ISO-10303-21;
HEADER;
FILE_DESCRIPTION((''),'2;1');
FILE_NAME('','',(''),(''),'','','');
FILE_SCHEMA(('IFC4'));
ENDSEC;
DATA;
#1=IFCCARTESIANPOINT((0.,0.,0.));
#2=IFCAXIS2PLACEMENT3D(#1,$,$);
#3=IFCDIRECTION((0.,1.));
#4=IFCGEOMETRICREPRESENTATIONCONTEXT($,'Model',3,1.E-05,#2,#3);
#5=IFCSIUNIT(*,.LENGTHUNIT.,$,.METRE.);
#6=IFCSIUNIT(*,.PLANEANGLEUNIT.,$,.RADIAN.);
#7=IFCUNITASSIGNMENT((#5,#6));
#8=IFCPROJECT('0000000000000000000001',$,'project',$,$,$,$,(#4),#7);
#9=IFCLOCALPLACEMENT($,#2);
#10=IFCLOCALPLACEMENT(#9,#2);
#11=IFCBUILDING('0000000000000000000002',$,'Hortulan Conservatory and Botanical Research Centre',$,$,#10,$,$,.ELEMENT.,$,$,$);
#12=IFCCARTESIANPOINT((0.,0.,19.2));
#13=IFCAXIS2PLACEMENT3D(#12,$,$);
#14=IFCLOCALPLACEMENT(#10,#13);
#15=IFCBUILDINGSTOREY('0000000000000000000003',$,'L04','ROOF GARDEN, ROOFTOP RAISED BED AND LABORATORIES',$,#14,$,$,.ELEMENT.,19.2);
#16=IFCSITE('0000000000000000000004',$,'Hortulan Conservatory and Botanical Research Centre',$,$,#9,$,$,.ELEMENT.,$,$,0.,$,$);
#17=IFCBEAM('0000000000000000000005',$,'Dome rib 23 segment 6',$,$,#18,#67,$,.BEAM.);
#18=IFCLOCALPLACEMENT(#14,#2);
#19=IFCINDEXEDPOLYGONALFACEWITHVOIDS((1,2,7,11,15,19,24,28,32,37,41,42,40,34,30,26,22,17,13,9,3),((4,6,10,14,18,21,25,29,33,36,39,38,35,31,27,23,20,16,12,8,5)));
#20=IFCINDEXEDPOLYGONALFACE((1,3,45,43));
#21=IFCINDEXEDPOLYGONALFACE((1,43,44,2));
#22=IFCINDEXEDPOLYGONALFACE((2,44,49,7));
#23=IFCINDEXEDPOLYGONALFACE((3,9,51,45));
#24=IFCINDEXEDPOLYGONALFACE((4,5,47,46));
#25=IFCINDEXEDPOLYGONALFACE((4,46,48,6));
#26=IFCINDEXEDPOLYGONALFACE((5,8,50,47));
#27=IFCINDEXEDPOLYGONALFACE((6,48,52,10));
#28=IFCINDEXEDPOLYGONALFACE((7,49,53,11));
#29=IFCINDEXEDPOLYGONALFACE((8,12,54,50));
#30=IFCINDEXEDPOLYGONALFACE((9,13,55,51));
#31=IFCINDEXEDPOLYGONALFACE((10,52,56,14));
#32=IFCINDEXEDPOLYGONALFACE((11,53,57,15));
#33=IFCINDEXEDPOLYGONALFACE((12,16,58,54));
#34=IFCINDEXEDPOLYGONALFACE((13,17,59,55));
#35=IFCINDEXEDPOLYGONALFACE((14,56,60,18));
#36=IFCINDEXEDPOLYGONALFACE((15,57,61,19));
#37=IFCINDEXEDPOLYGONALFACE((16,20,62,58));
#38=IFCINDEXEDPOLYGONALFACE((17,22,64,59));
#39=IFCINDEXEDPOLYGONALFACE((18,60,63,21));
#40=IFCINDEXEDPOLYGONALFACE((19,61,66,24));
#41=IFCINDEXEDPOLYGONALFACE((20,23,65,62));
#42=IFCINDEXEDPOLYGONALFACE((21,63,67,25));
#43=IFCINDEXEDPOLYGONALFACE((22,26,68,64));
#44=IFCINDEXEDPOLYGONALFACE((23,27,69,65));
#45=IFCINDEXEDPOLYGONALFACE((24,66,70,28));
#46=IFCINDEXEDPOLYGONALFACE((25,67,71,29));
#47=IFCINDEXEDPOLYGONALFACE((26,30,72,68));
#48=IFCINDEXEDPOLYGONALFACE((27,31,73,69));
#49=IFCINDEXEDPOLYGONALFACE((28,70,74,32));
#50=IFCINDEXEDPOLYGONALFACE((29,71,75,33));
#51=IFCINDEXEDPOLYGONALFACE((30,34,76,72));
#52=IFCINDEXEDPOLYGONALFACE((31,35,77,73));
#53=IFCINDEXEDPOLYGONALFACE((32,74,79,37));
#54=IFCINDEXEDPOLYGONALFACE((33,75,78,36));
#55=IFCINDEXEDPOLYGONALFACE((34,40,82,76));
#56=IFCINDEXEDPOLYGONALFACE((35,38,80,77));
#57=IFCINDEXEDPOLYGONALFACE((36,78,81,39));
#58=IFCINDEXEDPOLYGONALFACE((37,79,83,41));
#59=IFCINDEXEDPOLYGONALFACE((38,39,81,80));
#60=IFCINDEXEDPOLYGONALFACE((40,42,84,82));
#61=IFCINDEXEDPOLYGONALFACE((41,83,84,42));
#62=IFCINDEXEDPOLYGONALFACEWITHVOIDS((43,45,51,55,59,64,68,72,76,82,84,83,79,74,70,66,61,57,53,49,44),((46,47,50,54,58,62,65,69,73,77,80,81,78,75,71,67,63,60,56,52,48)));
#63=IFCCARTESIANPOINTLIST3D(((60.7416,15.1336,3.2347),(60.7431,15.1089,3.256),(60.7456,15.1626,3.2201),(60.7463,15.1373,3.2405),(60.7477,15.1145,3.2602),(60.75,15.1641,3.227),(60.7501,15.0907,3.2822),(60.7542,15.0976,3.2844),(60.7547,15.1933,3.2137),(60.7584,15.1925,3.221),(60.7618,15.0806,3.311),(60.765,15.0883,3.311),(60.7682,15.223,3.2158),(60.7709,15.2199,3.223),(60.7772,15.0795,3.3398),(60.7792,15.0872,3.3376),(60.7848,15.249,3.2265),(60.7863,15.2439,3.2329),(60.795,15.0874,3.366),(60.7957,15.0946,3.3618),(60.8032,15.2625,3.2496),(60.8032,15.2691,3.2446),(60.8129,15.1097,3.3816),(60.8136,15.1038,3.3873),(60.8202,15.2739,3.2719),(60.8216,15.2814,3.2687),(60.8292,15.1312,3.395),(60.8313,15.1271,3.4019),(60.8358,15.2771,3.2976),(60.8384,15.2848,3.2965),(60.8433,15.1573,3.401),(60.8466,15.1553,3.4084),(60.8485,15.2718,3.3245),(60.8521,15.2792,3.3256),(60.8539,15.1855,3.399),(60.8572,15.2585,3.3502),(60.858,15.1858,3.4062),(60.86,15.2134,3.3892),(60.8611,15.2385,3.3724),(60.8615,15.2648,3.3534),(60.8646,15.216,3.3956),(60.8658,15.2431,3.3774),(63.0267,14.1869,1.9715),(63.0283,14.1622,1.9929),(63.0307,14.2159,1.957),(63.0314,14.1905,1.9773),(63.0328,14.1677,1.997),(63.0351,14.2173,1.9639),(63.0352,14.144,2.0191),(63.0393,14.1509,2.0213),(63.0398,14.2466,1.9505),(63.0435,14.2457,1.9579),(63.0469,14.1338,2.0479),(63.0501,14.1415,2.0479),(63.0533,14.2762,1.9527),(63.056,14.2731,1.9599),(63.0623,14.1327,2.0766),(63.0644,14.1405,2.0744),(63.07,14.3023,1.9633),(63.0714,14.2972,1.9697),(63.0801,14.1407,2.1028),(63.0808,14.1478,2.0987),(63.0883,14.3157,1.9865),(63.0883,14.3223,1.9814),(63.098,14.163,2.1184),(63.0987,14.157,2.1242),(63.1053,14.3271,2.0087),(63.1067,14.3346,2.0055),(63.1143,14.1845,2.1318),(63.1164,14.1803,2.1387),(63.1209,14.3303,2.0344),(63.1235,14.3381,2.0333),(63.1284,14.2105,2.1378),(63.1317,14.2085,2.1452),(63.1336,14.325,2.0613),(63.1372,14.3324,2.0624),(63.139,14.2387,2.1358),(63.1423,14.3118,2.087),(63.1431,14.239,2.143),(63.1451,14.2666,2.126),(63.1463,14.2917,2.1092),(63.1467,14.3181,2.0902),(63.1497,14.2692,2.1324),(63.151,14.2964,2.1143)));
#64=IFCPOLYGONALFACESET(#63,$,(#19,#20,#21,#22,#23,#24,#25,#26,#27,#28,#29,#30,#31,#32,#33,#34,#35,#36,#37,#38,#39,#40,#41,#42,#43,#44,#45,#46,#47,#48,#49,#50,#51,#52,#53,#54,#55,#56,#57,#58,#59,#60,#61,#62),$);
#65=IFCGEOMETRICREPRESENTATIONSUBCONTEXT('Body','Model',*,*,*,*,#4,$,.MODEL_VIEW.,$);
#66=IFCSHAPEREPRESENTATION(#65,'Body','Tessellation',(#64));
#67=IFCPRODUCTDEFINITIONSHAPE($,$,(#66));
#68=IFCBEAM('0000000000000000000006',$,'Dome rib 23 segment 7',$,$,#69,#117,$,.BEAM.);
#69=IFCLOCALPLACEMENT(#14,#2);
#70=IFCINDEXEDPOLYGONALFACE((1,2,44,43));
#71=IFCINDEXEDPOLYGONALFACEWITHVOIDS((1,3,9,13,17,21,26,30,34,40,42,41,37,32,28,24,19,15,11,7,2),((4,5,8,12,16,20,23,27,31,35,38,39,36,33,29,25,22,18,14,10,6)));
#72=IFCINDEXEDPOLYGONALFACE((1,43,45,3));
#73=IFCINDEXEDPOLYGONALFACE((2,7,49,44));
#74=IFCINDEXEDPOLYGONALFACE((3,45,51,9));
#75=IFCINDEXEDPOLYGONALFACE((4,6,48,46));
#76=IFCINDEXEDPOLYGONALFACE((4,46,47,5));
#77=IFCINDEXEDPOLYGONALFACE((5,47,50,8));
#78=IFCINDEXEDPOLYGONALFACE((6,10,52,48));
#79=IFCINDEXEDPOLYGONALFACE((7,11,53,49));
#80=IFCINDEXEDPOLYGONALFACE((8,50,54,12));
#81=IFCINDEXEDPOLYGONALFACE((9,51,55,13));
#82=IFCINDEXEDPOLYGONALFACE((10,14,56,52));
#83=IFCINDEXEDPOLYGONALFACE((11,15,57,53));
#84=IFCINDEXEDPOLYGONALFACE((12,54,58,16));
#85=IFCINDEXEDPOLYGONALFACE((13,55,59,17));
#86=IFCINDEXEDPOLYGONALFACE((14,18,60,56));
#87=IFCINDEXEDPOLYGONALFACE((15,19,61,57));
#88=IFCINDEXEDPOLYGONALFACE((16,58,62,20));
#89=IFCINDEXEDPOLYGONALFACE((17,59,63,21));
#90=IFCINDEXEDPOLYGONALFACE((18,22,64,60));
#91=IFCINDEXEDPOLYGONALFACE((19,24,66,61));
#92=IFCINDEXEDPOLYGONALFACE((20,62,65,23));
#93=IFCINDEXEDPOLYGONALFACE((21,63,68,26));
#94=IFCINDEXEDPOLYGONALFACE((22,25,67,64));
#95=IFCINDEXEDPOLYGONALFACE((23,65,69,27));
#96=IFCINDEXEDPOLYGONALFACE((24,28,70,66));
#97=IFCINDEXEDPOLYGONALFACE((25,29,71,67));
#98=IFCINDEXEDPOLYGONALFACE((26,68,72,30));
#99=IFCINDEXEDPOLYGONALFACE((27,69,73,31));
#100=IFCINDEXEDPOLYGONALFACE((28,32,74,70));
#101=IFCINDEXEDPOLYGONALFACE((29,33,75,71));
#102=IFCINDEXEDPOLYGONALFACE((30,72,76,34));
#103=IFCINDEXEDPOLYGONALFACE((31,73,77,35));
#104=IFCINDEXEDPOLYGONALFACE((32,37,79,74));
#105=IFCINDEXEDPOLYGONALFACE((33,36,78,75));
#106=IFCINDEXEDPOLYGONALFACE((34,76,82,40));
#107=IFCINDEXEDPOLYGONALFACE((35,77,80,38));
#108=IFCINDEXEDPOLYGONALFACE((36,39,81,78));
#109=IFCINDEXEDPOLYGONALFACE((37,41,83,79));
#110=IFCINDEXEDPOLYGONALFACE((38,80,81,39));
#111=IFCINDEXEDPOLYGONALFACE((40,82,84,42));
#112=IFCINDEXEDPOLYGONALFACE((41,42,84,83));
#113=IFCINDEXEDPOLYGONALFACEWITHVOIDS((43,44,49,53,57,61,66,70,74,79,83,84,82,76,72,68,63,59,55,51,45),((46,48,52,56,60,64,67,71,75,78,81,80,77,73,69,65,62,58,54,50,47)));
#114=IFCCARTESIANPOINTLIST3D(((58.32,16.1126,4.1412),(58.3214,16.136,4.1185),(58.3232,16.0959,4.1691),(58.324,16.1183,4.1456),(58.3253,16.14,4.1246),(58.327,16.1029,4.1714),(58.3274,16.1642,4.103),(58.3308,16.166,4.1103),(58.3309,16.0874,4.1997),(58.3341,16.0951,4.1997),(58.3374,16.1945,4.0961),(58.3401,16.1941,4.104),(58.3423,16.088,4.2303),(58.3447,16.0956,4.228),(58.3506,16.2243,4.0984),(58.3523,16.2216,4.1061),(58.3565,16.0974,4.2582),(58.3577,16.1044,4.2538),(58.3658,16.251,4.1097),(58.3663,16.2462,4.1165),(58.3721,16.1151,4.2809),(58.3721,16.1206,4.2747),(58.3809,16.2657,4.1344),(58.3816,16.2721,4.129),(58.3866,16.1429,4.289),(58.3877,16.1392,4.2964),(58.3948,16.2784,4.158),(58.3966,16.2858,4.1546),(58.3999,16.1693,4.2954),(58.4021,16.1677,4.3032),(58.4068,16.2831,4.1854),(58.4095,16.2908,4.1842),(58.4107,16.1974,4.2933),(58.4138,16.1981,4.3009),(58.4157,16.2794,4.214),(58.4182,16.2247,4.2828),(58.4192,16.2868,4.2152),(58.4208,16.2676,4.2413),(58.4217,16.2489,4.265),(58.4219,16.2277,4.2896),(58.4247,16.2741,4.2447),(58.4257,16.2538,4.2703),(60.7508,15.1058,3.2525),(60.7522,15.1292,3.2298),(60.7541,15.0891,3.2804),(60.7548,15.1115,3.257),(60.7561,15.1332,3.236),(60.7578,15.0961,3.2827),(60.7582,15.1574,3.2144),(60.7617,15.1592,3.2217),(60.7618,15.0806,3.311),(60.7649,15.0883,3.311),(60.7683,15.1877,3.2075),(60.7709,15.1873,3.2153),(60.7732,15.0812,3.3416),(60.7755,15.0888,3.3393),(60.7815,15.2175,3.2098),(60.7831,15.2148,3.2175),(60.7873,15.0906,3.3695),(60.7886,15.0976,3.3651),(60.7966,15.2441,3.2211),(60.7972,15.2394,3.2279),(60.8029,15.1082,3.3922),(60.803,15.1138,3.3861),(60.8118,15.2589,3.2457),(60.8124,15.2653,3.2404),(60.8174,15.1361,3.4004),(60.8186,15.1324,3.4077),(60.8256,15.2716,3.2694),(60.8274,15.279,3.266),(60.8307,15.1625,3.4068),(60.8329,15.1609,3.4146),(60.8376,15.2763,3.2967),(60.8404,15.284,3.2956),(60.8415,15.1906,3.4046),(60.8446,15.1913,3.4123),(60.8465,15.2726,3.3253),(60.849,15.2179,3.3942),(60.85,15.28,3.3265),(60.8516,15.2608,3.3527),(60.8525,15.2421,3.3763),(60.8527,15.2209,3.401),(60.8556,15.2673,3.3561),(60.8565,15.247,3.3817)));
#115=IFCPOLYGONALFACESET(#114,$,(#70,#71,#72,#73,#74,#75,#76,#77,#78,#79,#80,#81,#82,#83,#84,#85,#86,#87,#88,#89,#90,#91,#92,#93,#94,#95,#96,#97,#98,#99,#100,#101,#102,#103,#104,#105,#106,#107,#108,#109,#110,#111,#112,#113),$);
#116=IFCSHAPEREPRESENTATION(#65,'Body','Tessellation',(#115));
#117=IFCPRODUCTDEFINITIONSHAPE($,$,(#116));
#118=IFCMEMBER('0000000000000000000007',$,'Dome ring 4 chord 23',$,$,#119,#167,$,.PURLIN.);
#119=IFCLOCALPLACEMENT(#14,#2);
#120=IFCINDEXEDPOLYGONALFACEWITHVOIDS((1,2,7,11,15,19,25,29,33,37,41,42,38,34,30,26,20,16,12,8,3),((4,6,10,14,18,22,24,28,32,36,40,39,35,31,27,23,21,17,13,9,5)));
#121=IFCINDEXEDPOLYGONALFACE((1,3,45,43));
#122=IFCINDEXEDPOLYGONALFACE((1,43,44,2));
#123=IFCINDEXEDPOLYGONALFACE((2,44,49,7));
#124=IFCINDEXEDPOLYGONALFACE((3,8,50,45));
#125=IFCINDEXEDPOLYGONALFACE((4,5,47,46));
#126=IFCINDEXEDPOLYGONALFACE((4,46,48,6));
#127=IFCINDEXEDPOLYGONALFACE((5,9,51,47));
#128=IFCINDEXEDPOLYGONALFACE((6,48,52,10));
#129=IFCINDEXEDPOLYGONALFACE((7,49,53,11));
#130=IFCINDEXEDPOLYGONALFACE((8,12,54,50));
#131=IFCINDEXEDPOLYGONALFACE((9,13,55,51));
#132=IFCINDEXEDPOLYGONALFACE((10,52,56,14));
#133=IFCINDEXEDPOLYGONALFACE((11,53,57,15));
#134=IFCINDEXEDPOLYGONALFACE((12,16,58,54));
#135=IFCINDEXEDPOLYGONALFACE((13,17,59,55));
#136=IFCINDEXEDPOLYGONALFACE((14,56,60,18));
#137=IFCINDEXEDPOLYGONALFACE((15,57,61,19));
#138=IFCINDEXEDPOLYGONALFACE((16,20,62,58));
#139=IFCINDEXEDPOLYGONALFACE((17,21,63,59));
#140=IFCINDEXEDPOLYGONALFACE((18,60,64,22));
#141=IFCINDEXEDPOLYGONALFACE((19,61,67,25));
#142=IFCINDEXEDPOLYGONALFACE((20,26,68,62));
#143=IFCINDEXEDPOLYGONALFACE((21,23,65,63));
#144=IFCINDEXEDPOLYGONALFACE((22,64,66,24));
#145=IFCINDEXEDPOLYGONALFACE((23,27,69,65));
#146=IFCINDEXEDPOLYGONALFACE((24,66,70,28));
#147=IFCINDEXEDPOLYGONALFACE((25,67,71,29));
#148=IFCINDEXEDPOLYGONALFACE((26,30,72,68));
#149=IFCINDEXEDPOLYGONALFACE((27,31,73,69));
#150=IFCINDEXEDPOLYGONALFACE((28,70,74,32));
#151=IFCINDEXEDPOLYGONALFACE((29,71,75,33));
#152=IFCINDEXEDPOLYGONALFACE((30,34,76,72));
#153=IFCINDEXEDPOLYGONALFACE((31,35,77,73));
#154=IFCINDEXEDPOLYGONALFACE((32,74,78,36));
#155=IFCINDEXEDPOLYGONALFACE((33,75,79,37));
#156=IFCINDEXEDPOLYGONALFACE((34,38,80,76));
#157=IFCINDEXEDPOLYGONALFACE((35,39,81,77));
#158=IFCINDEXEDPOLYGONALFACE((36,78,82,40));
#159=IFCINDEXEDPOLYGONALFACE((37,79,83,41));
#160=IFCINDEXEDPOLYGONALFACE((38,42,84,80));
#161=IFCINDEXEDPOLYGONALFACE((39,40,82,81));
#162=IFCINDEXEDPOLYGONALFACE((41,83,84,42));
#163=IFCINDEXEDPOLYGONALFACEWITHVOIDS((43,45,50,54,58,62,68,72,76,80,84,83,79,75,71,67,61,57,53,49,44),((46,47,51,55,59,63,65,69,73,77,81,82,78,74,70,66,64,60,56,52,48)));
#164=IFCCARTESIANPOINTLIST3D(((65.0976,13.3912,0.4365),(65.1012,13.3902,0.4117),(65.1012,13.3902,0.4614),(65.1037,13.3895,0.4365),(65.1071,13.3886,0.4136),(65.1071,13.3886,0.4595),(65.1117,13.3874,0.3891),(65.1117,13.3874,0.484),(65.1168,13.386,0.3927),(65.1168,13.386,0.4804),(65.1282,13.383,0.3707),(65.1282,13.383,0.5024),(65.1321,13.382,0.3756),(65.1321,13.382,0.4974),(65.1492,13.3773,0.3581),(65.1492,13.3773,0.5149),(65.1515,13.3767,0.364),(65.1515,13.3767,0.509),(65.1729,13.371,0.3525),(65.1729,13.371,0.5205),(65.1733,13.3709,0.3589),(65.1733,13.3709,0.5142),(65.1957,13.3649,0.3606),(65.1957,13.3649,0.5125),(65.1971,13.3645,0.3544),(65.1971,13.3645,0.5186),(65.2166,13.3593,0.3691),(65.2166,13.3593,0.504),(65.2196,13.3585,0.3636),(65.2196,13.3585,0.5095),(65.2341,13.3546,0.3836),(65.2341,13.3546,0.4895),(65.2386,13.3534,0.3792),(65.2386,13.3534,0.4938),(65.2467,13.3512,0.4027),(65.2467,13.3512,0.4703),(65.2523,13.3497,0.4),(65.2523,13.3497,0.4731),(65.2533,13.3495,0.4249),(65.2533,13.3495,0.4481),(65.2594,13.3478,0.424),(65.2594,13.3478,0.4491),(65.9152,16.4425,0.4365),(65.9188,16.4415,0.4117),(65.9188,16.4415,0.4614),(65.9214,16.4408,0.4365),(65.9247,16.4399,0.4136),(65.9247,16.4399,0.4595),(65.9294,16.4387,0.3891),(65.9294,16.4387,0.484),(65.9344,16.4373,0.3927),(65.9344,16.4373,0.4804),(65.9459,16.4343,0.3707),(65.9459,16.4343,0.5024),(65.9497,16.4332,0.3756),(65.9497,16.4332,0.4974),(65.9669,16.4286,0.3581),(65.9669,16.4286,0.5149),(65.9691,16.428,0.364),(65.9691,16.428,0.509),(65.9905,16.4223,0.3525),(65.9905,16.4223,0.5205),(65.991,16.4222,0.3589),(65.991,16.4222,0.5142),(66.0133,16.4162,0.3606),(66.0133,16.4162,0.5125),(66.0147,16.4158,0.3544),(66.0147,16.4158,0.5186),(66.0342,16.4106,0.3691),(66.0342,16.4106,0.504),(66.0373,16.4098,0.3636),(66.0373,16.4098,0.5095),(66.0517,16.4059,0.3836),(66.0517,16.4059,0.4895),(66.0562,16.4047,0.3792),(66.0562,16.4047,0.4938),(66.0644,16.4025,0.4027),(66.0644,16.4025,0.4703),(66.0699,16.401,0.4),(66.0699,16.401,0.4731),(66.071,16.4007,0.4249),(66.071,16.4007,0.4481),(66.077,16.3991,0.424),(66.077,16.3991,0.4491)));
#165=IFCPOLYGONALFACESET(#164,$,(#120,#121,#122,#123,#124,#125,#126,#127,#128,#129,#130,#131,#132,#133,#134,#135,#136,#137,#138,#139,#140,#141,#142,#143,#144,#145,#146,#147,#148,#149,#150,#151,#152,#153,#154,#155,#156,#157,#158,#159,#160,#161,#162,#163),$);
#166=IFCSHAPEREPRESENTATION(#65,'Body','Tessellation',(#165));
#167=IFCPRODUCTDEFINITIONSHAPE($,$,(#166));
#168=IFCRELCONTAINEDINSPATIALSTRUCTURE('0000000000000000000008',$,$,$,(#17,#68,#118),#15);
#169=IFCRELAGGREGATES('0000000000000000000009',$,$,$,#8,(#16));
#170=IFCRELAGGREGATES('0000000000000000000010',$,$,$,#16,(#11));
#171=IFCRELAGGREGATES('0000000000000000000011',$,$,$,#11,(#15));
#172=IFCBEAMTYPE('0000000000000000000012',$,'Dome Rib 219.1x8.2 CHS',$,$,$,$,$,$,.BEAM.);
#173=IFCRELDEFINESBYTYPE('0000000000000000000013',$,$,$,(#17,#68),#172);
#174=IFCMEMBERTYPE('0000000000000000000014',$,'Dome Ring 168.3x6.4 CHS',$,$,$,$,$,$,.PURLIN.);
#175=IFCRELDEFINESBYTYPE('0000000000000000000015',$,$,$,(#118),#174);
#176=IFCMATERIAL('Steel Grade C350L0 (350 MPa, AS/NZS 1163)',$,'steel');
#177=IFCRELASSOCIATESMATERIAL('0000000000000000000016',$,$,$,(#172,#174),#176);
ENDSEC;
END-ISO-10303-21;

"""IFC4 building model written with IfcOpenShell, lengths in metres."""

from ifc_helpers import new_model, si_unit, direction, frame, origin, origin_2d, place, context, subcontext, project, spatial, hollow_circle, extrude, material, material_profile, profile_set, type_object, element, save


model = new_model("IFC4")

# Units and contexts
model_context = context("Model", 3, precision=1e-05, world=origin(), true_north=direction((0.0, 1.0)))
body_context = subcontext(model_context, "Body", "Model", "MODEL_VIEW")
ifc_project = project(units=[si_unit("LENGTHUNIT", "METRE"), si_unit("PLANEANGLEUNIT", "RADIAN")], contexts=[model_context])

# Site, building, storey
site_placement = place(None, origin())
site = spatial("IfcSite", under=ifc_project, at=site_placement, Name="Hortulan Conservatory and Botanical Research Centre", CompositionType="ELEMENT", RefElevation=0.0)
building_placement = place(site_placement, origin())
building = spatial("IfcBuilding", under=site, at=building_placement, Name="Hortulan Conservatory and Botanical Research Centre", CompositionType="ELEMENT")
storey_placement = place(building_placement, frame((0.0, 0.0, 19.2)))
storey = spatial("IfcBuildingStorey", under=building, at=storey_placement, Name="L04", Description="ROOF GARDEN, ROOFTOP RAISED BED AND LABORATORIES", CompositionType="ELEMENT", Elevation=19.2)

# Beams
ifc_material_1 = material(Name="Steel Grade C350L0 (350 MPa, AS/NZS 1163)", Category="steel")
ifc_material_profile_1 = material_profile(ifc_material_1, hollow_circle(Radius=0.1096, WallThickness=0.0083, at=origin_2d()), Name="219.1x8.2CHS")
ifc_profile_set_1 = profile_set([ifc_material_profile_1], Name="Steel Grade C350L0 (350 MPa, AS/NZS 1163)")
beam_type = type_object("IfcBeamType", Name="Dome Rib 219.1x8.2 CHS", PredefinedType="BEAM", material=ifc_profile_set_1)
beam_1_placement = place(storey_placement, frame((63.0889, 14.2351, 2.0479), z_axis=(-0.822768, 0.340886, 0.454808), x_axis=(-0.382764, -0.923846, 0.0)))
element("IfcBeam", 1, at=beam_1_placement, inside=storey, type_object=beam_type, Name="Dome rib 23 segment 6", PredefinedType="BEAM", context=body_context, shape_type="SweptSolid", body=[
    extrude(hollow_circle(Radius=0.1096, WallThickness=0.0083, at=origin_2d()), origin(), (0.0, 0.0, 1.0), 2.7773),
])
beam_2_placement = place(storey_placement, frame((60.8037, 15.1819, 3.311), z_axis=(-0.875313, 0.362538, 0.31999), x_axis=(-0.382658, -0.92389, 0.0)))
element("IfcBeam", 2, at=beam_2_placement, inside=storey, type_object=beam_type, Name="Dome rib 23 segment 7", PredefinedType="BEAM", context=body_context, shape_type="SweptSolid", body=[
    extrude(hollow_circle(Radius=0.1096, WallThickness=0.0083, at=origin_2d()), origin(), (0.0, 0.0, 1.0), 2.7771),
])

# Member
ifc_material_profile_2 = material_profile(ifc_material_1, hollow_circle(Radius=0.0842, WallThickness=0.0063, at=origin_2d()), Name="168.3x6.4CHS")
ifc_profile_set_2 = profile_set([ifc_material_profile_2], Name="Steel Grade C350L0 (350 MPa, AS/NZS 1163)")
member_type_1 = type_object("IfcMemberType", Name="Dome Ring 168.3x6.4 CHS", PredefinedType="PURLIN", material=ifc_profile_set_2)
member_1_placement = place(storey_placement, frame((65.179, 13.3694, 0.4365), z_axis=(0.258831, 0.965923, 0.0), x_axis=(-0.965923, 0.258831, 0.0)))
element("IfcMember", 3, at=member_1_placement, inside=storey, type_object=member_type_1, Name="Dome ring 4 chord 23", PredefinedType="PURLIN", context=body_context, shape_type="SweptSolid", body=[
    extrude(hollow_circle(Radius=0.0842, WallThickness=0.0063, at=origin_2d()), origin(), (0.0, 0.0, 1.0), 3.1589),
])

save(model, "model.ifc")
